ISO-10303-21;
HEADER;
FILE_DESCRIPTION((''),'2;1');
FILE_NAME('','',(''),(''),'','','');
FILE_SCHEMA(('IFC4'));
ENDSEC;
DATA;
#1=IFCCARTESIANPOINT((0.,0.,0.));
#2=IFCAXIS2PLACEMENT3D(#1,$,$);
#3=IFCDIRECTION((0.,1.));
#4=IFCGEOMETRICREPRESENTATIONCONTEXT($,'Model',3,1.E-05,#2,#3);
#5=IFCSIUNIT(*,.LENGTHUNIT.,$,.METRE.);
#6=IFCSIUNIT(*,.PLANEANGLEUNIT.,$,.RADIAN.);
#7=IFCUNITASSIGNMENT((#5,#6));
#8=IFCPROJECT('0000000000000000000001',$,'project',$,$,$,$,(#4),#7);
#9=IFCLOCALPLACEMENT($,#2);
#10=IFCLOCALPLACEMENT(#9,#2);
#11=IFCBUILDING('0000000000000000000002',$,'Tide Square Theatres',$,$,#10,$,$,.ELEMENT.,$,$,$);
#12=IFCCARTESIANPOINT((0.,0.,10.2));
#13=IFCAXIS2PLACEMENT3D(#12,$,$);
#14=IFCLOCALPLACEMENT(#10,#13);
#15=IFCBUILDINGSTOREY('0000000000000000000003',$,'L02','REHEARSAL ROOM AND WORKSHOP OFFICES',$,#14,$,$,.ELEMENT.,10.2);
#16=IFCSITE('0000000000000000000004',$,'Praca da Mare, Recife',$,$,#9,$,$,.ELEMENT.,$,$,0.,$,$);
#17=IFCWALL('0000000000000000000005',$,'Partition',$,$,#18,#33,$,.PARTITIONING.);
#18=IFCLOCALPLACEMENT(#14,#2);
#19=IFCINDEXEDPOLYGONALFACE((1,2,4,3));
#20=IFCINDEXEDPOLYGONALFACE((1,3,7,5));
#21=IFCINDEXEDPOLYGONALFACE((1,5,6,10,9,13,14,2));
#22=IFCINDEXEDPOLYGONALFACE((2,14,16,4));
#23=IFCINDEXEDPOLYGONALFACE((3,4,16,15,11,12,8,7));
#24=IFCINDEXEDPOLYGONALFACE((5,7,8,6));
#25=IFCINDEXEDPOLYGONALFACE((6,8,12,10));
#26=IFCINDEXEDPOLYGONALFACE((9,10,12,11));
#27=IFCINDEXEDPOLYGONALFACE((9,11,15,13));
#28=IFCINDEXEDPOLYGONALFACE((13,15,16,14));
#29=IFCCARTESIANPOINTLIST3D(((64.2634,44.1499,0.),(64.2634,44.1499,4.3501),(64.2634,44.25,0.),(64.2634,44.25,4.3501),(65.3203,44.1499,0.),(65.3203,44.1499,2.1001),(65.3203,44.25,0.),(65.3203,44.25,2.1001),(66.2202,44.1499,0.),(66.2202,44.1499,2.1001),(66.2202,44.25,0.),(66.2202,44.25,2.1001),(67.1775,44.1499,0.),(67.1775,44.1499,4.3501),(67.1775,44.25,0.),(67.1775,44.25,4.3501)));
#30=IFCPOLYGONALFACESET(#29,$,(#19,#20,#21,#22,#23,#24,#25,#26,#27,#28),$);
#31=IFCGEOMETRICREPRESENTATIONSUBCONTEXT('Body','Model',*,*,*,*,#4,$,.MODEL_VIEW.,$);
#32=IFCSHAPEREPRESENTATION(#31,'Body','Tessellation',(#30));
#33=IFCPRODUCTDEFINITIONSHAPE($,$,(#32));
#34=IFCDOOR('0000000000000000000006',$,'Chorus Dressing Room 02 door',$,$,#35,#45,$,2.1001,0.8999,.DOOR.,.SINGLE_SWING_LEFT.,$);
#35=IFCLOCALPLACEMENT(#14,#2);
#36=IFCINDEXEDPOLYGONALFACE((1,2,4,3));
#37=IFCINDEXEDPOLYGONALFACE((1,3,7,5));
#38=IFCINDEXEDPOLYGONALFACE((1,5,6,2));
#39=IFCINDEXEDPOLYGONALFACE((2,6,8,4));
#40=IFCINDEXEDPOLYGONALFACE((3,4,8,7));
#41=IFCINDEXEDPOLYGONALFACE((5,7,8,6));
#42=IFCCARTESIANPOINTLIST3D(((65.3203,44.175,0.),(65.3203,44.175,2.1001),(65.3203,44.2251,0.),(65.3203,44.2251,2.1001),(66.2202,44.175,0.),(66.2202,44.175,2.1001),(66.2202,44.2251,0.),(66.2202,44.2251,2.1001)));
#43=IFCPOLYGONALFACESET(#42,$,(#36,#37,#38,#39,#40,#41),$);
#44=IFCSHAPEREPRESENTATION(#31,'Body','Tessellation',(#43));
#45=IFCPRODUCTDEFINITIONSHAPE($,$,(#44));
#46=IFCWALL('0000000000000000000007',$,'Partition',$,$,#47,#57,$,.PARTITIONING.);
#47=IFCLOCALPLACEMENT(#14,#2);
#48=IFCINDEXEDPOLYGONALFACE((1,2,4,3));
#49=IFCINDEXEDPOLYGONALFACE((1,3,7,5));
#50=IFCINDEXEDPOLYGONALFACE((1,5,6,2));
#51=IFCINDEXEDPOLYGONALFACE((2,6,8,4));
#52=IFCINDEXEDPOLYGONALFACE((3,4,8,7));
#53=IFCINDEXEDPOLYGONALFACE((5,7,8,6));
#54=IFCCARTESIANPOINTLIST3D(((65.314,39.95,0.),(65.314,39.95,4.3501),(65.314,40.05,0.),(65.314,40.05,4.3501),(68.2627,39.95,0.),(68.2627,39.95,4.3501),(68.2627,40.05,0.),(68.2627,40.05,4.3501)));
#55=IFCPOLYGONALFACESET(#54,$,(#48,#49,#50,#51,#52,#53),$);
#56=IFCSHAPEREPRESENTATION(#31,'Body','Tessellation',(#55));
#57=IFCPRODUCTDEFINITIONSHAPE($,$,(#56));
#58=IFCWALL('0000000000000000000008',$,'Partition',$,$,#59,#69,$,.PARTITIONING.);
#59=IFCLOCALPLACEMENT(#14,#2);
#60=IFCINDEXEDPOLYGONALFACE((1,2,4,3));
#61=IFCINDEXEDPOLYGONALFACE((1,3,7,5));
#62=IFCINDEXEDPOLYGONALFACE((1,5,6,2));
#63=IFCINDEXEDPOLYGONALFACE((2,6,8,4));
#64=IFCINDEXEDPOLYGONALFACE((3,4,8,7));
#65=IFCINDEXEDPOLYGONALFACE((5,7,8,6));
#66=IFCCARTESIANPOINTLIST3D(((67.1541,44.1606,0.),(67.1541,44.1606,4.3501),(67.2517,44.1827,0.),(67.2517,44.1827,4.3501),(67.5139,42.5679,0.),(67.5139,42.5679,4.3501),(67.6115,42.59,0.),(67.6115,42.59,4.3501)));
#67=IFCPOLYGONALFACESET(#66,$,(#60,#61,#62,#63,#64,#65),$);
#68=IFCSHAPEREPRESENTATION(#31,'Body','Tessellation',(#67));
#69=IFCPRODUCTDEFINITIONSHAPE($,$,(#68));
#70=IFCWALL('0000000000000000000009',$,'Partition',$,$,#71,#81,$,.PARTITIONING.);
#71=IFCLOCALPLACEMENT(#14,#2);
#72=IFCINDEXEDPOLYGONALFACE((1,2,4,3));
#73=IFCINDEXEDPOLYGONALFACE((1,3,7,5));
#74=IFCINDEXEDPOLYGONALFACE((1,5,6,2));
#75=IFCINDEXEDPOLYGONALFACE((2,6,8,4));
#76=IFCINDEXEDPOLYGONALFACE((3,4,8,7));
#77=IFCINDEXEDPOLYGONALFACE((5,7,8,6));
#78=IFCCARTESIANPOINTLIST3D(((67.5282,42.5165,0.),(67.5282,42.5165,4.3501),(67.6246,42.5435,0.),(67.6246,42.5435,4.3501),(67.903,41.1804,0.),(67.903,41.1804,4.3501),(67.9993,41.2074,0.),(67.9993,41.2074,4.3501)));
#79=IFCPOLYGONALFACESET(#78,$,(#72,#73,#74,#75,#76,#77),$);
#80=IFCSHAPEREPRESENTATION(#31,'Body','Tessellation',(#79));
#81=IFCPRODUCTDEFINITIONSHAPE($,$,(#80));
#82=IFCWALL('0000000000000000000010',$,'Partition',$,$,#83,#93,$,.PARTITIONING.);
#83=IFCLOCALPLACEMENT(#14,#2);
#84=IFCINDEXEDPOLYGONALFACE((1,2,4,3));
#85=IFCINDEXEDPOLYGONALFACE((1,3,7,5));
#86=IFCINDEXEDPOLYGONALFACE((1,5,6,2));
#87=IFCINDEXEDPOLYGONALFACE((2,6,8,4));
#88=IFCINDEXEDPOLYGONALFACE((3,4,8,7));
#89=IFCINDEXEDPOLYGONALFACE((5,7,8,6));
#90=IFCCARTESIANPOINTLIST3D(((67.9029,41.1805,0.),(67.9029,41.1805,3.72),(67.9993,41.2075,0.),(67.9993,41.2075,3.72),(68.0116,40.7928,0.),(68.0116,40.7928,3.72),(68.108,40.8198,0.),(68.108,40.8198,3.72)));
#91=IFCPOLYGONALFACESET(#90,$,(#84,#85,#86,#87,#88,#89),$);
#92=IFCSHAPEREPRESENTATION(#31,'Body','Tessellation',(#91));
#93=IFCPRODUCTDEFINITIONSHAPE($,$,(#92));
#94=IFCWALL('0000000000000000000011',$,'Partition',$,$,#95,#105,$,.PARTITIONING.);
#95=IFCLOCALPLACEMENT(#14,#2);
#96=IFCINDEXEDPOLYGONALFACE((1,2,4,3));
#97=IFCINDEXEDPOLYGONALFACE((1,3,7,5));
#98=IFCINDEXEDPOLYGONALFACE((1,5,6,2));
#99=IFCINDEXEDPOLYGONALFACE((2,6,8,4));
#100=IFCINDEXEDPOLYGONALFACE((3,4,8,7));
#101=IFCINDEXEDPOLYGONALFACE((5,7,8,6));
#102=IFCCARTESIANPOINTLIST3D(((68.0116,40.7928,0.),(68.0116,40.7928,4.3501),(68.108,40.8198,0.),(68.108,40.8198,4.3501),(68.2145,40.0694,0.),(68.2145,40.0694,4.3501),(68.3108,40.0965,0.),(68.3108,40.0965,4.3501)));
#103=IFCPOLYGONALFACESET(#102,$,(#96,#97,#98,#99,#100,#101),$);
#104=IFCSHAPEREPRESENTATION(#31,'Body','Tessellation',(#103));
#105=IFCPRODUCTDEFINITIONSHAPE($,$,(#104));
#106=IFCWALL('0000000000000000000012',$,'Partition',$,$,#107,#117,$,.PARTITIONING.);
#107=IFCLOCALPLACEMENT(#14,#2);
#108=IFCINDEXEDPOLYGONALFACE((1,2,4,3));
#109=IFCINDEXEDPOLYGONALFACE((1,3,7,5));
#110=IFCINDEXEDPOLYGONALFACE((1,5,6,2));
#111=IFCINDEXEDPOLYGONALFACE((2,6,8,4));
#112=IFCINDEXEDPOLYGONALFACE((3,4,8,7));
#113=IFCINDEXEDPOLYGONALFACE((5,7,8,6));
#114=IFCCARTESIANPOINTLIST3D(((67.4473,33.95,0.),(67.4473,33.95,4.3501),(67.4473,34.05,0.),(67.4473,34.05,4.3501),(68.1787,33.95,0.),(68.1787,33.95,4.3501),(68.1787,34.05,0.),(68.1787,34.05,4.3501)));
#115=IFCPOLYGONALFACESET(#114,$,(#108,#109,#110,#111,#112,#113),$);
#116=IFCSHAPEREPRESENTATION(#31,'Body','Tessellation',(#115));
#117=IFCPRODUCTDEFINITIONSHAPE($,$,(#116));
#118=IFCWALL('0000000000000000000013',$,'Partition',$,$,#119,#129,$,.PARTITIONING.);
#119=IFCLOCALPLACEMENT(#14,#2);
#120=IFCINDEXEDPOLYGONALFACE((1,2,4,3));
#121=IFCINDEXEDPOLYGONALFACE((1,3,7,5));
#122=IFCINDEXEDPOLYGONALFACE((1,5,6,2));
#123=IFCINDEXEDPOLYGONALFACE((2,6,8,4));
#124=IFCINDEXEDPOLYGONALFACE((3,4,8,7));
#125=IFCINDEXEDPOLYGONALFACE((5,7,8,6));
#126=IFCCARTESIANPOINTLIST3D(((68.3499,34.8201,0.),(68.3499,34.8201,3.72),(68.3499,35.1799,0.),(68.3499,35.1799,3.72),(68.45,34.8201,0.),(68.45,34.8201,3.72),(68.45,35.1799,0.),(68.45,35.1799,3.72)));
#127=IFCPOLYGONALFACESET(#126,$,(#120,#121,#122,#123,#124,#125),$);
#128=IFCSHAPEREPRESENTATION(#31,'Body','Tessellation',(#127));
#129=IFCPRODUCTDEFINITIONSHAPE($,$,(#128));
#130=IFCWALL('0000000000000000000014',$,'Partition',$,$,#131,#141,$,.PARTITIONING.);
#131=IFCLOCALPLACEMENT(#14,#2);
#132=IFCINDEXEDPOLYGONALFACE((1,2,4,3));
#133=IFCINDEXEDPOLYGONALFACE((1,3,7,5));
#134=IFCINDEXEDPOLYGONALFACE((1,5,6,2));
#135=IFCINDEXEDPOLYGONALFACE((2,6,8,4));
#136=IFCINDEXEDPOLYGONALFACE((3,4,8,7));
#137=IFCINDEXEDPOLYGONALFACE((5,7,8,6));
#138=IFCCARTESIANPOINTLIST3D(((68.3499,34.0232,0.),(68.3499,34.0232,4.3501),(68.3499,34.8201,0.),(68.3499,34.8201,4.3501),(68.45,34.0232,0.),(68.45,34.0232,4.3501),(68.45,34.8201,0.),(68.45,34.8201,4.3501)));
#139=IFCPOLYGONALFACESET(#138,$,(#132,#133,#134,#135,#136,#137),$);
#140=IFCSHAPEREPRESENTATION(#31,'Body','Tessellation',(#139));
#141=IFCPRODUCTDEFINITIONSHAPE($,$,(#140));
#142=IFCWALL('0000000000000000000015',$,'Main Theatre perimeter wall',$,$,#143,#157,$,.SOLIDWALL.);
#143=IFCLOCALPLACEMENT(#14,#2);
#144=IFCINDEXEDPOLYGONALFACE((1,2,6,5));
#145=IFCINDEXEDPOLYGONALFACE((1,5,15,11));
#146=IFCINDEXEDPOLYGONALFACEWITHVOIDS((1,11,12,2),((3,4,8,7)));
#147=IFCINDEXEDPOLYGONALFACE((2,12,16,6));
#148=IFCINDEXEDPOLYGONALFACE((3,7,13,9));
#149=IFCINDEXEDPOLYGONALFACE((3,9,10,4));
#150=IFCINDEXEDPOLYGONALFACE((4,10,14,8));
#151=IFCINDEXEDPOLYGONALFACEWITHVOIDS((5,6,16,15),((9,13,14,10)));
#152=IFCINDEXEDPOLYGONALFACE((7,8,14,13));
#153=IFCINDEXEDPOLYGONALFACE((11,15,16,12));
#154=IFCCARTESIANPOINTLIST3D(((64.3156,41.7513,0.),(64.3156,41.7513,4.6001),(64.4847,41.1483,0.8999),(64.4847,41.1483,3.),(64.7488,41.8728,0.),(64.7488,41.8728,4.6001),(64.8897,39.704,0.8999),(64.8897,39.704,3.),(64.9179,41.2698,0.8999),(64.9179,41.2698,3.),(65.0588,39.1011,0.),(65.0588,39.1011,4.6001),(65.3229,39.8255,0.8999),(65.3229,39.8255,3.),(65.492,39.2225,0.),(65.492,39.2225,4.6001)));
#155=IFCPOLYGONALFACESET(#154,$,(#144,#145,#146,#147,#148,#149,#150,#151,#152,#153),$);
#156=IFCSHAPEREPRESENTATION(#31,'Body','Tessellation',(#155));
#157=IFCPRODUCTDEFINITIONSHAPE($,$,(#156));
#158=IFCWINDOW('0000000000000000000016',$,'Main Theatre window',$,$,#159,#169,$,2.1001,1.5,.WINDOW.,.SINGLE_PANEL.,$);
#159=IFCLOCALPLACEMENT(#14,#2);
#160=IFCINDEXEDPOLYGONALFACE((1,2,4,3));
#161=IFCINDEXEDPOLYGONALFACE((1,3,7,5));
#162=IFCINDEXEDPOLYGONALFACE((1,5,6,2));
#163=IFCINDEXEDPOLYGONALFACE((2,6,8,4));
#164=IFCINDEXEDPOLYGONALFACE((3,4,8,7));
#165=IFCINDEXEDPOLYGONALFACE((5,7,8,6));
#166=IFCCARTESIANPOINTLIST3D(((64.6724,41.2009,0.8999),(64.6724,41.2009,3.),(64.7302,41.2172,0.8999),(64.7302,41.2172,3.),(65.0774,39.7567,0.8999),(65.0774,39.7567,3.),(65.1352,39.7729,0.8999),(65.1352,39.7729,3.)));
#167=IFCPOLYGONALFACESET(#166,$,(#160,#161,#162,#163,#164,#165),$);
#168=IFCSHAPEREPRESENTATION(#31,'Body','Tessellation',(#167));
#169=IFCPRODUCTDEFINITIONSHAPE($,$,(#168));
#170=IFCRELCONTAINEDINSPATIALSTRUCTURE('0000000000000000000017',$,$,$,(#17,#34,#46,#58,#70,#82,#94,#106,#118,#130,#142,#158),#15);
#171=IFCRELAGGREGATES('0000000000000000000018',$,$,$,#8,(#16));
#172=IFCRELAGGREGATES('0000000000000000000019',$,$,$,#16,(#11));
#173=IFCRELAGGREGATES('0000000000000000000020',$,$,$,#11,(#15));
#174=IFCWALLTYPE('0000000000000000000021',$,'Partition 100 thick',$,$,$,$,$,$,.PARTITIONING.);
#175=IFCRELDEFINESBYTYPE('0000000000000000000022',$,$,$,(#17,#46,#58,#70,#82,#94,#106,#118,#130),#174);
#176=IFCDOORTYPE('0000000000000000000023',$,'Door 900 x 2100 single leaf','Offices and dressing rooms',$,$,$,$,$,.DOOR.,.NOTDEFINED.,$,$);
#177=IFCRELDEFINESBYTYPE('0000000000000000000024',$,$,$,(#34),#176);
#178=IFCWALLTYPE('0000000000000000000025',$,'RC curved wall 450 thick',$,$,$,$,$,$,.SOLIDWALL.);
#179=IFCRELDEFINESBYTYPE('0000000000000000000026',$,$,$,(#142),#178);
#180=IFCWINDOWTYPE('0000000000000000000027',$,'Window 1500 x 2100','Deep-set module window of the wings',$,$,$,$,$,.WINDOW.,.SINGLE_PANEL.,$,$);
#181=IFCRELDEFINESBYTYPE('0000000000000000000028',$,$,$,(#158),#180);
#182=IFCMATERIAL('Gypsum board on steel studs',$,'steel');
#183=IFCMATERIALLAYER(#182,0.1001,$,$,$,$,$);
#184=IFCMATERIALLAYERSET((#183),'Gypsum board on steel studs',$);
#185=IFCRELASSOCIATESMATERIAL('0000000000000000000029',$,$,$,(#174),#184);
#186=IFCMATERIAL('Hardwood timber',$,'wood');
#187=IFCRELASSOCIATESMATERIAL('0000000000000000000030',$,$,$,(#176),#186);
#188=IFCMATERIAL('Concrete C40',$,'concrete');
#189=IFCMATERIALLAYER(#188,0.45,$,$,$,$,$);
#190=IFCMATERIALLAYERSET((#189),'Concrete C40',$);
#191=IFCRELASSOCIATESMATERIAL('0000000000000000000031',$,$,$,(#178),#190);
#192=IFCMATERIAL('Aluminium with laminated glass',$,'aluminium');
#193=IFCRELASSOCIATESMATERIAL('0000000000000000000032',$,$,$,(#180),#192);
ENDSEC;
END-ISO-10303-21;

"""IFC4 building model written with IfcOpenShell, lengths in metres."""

from ifc_helpers import new_model, si_unit, direction, frame, frame_2d, origin, place, context, subcontext, project, spatial, rectangle, extrude, material, layer, layer_set, type_object, element, fill, save


model = new_model("IFC4")

# Units and contexts
model_context = context("Model", 3, precision=1e-05, world=origin(), true_north=direction((0.0, 1.0)))
body_context = subcontext(model_context, "Body", "Model", "MODEL_VIEW")
ifc_project = project(units=[si_unit("LENGTHUNIT", "METRE"), si_unit("PLANEANGLEUNIT", "RADIAN")], contexts=[model_context])

# Site, building, storey
site_placement = place(None, origin())
site = spatial("IfcSite", under=ifc_project, at=site_placement, Name="Praca da Mare, Recife", CompositionType="ELEMENT", RefElevation=0.0)
building_placement = place(site_placement, origin())
building = spatial("IfcBuilding", under=site, at=building_placement, Name="Tide Square Theatres", CompositionType="ELEMENT")
storey_placement = place(building_placement, frame((0.0, 0.0, 10.2)))
storey = spatial("IfcBuildingStorey", under=building, at=storey_placement, Name="L02", Description="REHEARSAL ROOM AND WORKSHOP OFFICES", CompositionType="ELEMENT", Elevation=10.2)

# Wall, opening, door
ifc_material_1 = material(Name="Gypsum board on steel studs", Category="steel")
ifc_layer_1 = layer(ifc_material_1, 0.1001)
ifc_layer_set_1 = layer_set([ifc_layer_1], Name="Gypsum board on steel studs")
wall_type_1 = type_object("IfcWallType", Name="Partition 100 thick", PredefinedType="PARTITIONING", material=ifc_layer_set_1)
wall_1_placement = place(storey_placement, frame((64.2634, 44.2, 0.0), z_axis=(0.0, 0.0, 1.0), x_axis=(1.0, 0.0, 0.0)))
wall_1 = element("IfcWall", 1, at=wall_1_placement, inside=storey, type_object=wall_type_1, Name="Partition", PredefinedType="PARTITIONING", context=body_context, shape_type="SweptSolid", body=[
    extrude(rectangle(XDim=2.9141, YDim=0.1001, at=frame_2d((1.457, 0.0))), origin(), (0.0, 0.0, 1.0), 4.3501),
])
opening_1_placement = place(wall_1_placement, frame((1.0569, 0.0, 0.0)))
opening_1 = element("IfcOpeningElement", 2, at=opening_1_placement, cuts=wall_1, PredefinedType="OPENING", context=body_context, shape_type="SweptSolid", body=[
    extrude(rectangle(XDim=0.8999, YDim=2.1001, at=frame_2d((0.45, 1.05))), frame((0.0, 0.0601, 0.0), z_axis=(0.0, -1.0, 0.0), x_axis=(1.0, 0.0, 0.0)), (0.0, 0.0, 1.0), 0.1201),
])
ifc_material_2 = material(Name="Hardwood timber", Category="wood")
door_type = type_object("IfcDoorType", Name="Door 900 x 2100 single leaf", Description="Offices and dressing rooms", OperationType="NOTDEFINED", PredefinedType="DOOR", material=ifc_material_2)
door_placement = place(opening_1_placement, frame((0.8999, 0.0, 0.0), z_axis=(0.0, 0.0, 1.0), x_axis=(-1.0, 0.0, 0.0)))
door = element("IfcDoor", 3, at=door_placement, inside=storey, type_object=door_type, Name="Chorus Dressing Room 02 door", OperationType="SINGLE_SWING_LEFT", OverallHeight=2.1001, OverallWidth=0.8999, PredefinedType="DOOR", context=body_context, shape_type="SweptSolid", body=[
    extrude(rectangle(XDim=0.8999, YDim=2.1001, at=frame_2d((0.45, 1.05))), frame((0.0, 0.0249, 0.0), z_axis=(0.0, -1.0, 0.0), x_axis=(1.0, 0.0, 0.0)), (0.0, 0.0, 1.0), 0.05),
])
fill(opening_1, door)

# Walls
wall_2_placement = place(storey_placement, frame((65.314, 40.0, 0.0), z_axis=(0.0, 0.0, 1.0), x_axis=(1.0, 0.0, 0.0)))
element("IfcWall", 4, at=wall_2_placement, inside=storey, type_object=wall_type_1, Name="Partition", PredefinedType="PARTITIONING", context=body_context, shape_type="SweptSolid", body=[
    extrude(rectangle(XDim=2.9487, YDim=0.1001, at=frame_2d((1.4744, 0.0))), origin(), (0.0, 0.0, 1.0), 4.3501),
])
wall_3_placement = place(storey_placement, frame((67.2029, 44.1716, 0.0), z_axis=(0.0, 0.0, 1.0), x_axis=(0.22038, -0.975414, 0.0)))
element("IfcWall", 5, at=wall_3_placement, inside=storey, type_object=wall_type_1, Name="Partition", PredefinedType="PARTITIONING", context=body_context, shape_type="SweptSolid", body=[
    extrude(rectangle(XDim=1.6328, YDim=0.1001, at=frame_2d((0.8164, 0.0))), origin(), (0.0, 0.0, 1.0), 4.3501),
])
wall_4_placement = place(storey_placement, frame((67.5764, 42.53, 0.0), z_axis=(0.0, 0.0, 1.0), x_axis=(0.270048, -0.962847, 0.0)))
element("IfcWall", 6, at=wall_4_placement, inside=storey, type_object=wall_type_1, Name="Partition", PredefinedType="PARTITIONING", context=body_context, shape_type="SweptSolid", body=[
    extrude(rectangle(XDim=1.3877, YDim=0.1001, at=frame_2d((0.6938, 0.0))), origin(), (0.0, 0.0, 1.0), 4.3501),
])
wall_5_placement = place(storey_placement, frame((67.9512, 41.1938, 0.0), z_axis=(0.0, 0.0, 1.0), x_axis=(0.269832, -0.962907, 0.0)))
element("IfcWall", 7, at=wall_5_placement, inside=storey, type_object=wall_type_1, Name="Partition", PredefinedType="PARTITIONING", context=body_context, shape_type="SweptSolid", body=[
    extrude(rectangle(XDim=0.4026, YDim=0.1001, at=frame_2d((0.2012, 0.0))), origin(), (0.0, 0.0, 1.0), 3.72),
])
wall_6_placement = place(storey_placement, frame((68.0598, 40.8062, 0.0), z_axis=(0.0, 0.0, 1.0), x_axis=(0.27004, -0.962849, 0.0)))
element("IfcWall", 8, at=wall_6_placement, inside=storey, type_object=wall_type_1, Name="Partition", PredefinedType="PARTITIONING", context=body_context, shape_type="SweptSolid", body=[
    extrude(rectangle(XDim=0.7512, YDim=0.1001, at=frame_2d((0.3755, 0.0))), origin(), (0.0, 0.0, 1.0), 4.3501),
])
wall_7_placement = place(storey_placement, frame((68.1787, 34.0, 0.0), z_axis=(0.0, 0.0, 1.0), x_axis=(-1.0, 0.0, 0.0)))
element("IfcWall", 9, at=wall_7_placement, inside=storey, type_object=wall_type_1, Name="Partition", PredefinedType="PARTITIONING", context=body_context, shape_type="SweptSolid", body=[
    extrude(rectangle(XDim=0.7314, YDim=0.1001, at=frame_2d((0.3657, 0.0))), origin(), (0.0, 0.0, 1.0), 4.3501),
])
wall_8_placement = place(storey_placement, frame((68.3999, 35.1799, 0.0), z_axis=(0.0, 0.0, 1.0), x_axis=(0.0, -1.0, 0.0)))
element("IfcWall", 10, at=wall_8_placement, inside=storey, type_object=wall_type_1, Name="Partition", PredefinedType="PARTITIONING", context=body_context, shape_type="SweptSolid", body=[
    extrude(rectangle(XDim=0.3599, YDim=0.1001, at=frame_2d((0.1799, 0.0))), origin(), (0.0, 0.0, 1.0), 3.72),
])
wall_9_placement = place(storey_placement, frame((68.3999, 34.8201, 0.0), z_axis=(0.0, 0.0, 1.0), x_axis=(0.0, -1.0, 0.0)))
element("IfcWall", 11, at=wall_9_placement, inside=storey, type_object=wall_type_1, Name="Partition", PredefinedType="PARTITIONING", context=body_context, shape_type="SweptSolid", body=[
    extrude(rectangle(XDim=0.7969, YDim=0.1001, at=frame_2d((0.3984, 0.0))), origin(), (0.0, 0.0, 1.0), 4.3501),
])

# Wall, opening, window
ifc_material_3 = material(Name="Concrete C40", Category="concrete")
ifc_layer_2 = layer(ifc_material_3, 0.45)
ifc_layer_set_2 = layer_set([ifc_layer_2], Name="Concrete C40")
wall_type_2 = type_object("IfcWallType", Name="RC curved wall 450 thick", PredefinedType="SOLIDWALL", material=ifc_layer_set_2)
wall_10_placement = place(storey_placement, frame((64.5322, 41.812, 0.0), z_axis=(0.0, 0.0, 1.0), x_axis=(0.270008, -0.962858, 0.0)))
wall_10 = element("IfcWall", 12, at=wall_10_placement, inside=storey, type_object=wall_type_2, Name="Main Theatre perimeter wall", PredefinedType="SOLIDWALL", context=body_context, shape_type="SweptSolid", body=[
    extrude(rectangle(XDim=2.7524, YDim=0.45, at=frame_2d((1.3762, 0.0))), origin(), (0.0, 0.0, 1.0), 4.6001),
])
opening_2_placement = place(wall_10_placement, frame((0.6262, 0.0, 0.8999)))
opening_2 = element("IfcOpeningElement", 13, at=opening_2_placement, cuts=wall_10, PredefinedType="OPENING", context=body_context, shape_type="SweptSolid", body=[
    extrude(rectangle(XDim=1.5, YDim=2.1001, at=frame_2d((0.75, 1.05))), frame((0.0, 0.2349, 0.0), z_axis=(0.0, -1.0, 0.0), x_axis=(1.0, 0.0, 0.0)), (0.0, 0.0, 1.0), 0.47),
])
ifc_material_4 = material(Name="Aluminium with laminated glass", Category="aluminium")
window_type = type_object("IfcWindowType", Name="Window 1500 x 2100", Description="Deep-set module window of the wings", PartitioningType="SINGLE_PANEL", PredefinedType="WINDOW", material=ifc_material_4)
window_1_placement = place(opening_2_placement, origin())
window_1 = element("IfcWindow", 14, at=window_1_placement, inside=storey, type_object=window_type, Name="Main Theatre window", OverallHeight=2.1001, OverallWidth=1.5, PartitioningType="SINGLE_PANEL", PredefinedType="WINDOW", context=body_context, shape_type="SweptSolid", body=[
    extrude(rectangle(XDim=1.5, YDim=2.1001, at=frame_2d((0.75, 1.05))), frame((0.0, 0.03, 0.0), z_axis=(0.0, -1.0, 0.0), x_axis=(1.0, 0.0, 0.0)), (0.0, 0.0, 1.0), 0.0601),
])
fill(opening_2, window_1)

save(model, "model.ifc")
